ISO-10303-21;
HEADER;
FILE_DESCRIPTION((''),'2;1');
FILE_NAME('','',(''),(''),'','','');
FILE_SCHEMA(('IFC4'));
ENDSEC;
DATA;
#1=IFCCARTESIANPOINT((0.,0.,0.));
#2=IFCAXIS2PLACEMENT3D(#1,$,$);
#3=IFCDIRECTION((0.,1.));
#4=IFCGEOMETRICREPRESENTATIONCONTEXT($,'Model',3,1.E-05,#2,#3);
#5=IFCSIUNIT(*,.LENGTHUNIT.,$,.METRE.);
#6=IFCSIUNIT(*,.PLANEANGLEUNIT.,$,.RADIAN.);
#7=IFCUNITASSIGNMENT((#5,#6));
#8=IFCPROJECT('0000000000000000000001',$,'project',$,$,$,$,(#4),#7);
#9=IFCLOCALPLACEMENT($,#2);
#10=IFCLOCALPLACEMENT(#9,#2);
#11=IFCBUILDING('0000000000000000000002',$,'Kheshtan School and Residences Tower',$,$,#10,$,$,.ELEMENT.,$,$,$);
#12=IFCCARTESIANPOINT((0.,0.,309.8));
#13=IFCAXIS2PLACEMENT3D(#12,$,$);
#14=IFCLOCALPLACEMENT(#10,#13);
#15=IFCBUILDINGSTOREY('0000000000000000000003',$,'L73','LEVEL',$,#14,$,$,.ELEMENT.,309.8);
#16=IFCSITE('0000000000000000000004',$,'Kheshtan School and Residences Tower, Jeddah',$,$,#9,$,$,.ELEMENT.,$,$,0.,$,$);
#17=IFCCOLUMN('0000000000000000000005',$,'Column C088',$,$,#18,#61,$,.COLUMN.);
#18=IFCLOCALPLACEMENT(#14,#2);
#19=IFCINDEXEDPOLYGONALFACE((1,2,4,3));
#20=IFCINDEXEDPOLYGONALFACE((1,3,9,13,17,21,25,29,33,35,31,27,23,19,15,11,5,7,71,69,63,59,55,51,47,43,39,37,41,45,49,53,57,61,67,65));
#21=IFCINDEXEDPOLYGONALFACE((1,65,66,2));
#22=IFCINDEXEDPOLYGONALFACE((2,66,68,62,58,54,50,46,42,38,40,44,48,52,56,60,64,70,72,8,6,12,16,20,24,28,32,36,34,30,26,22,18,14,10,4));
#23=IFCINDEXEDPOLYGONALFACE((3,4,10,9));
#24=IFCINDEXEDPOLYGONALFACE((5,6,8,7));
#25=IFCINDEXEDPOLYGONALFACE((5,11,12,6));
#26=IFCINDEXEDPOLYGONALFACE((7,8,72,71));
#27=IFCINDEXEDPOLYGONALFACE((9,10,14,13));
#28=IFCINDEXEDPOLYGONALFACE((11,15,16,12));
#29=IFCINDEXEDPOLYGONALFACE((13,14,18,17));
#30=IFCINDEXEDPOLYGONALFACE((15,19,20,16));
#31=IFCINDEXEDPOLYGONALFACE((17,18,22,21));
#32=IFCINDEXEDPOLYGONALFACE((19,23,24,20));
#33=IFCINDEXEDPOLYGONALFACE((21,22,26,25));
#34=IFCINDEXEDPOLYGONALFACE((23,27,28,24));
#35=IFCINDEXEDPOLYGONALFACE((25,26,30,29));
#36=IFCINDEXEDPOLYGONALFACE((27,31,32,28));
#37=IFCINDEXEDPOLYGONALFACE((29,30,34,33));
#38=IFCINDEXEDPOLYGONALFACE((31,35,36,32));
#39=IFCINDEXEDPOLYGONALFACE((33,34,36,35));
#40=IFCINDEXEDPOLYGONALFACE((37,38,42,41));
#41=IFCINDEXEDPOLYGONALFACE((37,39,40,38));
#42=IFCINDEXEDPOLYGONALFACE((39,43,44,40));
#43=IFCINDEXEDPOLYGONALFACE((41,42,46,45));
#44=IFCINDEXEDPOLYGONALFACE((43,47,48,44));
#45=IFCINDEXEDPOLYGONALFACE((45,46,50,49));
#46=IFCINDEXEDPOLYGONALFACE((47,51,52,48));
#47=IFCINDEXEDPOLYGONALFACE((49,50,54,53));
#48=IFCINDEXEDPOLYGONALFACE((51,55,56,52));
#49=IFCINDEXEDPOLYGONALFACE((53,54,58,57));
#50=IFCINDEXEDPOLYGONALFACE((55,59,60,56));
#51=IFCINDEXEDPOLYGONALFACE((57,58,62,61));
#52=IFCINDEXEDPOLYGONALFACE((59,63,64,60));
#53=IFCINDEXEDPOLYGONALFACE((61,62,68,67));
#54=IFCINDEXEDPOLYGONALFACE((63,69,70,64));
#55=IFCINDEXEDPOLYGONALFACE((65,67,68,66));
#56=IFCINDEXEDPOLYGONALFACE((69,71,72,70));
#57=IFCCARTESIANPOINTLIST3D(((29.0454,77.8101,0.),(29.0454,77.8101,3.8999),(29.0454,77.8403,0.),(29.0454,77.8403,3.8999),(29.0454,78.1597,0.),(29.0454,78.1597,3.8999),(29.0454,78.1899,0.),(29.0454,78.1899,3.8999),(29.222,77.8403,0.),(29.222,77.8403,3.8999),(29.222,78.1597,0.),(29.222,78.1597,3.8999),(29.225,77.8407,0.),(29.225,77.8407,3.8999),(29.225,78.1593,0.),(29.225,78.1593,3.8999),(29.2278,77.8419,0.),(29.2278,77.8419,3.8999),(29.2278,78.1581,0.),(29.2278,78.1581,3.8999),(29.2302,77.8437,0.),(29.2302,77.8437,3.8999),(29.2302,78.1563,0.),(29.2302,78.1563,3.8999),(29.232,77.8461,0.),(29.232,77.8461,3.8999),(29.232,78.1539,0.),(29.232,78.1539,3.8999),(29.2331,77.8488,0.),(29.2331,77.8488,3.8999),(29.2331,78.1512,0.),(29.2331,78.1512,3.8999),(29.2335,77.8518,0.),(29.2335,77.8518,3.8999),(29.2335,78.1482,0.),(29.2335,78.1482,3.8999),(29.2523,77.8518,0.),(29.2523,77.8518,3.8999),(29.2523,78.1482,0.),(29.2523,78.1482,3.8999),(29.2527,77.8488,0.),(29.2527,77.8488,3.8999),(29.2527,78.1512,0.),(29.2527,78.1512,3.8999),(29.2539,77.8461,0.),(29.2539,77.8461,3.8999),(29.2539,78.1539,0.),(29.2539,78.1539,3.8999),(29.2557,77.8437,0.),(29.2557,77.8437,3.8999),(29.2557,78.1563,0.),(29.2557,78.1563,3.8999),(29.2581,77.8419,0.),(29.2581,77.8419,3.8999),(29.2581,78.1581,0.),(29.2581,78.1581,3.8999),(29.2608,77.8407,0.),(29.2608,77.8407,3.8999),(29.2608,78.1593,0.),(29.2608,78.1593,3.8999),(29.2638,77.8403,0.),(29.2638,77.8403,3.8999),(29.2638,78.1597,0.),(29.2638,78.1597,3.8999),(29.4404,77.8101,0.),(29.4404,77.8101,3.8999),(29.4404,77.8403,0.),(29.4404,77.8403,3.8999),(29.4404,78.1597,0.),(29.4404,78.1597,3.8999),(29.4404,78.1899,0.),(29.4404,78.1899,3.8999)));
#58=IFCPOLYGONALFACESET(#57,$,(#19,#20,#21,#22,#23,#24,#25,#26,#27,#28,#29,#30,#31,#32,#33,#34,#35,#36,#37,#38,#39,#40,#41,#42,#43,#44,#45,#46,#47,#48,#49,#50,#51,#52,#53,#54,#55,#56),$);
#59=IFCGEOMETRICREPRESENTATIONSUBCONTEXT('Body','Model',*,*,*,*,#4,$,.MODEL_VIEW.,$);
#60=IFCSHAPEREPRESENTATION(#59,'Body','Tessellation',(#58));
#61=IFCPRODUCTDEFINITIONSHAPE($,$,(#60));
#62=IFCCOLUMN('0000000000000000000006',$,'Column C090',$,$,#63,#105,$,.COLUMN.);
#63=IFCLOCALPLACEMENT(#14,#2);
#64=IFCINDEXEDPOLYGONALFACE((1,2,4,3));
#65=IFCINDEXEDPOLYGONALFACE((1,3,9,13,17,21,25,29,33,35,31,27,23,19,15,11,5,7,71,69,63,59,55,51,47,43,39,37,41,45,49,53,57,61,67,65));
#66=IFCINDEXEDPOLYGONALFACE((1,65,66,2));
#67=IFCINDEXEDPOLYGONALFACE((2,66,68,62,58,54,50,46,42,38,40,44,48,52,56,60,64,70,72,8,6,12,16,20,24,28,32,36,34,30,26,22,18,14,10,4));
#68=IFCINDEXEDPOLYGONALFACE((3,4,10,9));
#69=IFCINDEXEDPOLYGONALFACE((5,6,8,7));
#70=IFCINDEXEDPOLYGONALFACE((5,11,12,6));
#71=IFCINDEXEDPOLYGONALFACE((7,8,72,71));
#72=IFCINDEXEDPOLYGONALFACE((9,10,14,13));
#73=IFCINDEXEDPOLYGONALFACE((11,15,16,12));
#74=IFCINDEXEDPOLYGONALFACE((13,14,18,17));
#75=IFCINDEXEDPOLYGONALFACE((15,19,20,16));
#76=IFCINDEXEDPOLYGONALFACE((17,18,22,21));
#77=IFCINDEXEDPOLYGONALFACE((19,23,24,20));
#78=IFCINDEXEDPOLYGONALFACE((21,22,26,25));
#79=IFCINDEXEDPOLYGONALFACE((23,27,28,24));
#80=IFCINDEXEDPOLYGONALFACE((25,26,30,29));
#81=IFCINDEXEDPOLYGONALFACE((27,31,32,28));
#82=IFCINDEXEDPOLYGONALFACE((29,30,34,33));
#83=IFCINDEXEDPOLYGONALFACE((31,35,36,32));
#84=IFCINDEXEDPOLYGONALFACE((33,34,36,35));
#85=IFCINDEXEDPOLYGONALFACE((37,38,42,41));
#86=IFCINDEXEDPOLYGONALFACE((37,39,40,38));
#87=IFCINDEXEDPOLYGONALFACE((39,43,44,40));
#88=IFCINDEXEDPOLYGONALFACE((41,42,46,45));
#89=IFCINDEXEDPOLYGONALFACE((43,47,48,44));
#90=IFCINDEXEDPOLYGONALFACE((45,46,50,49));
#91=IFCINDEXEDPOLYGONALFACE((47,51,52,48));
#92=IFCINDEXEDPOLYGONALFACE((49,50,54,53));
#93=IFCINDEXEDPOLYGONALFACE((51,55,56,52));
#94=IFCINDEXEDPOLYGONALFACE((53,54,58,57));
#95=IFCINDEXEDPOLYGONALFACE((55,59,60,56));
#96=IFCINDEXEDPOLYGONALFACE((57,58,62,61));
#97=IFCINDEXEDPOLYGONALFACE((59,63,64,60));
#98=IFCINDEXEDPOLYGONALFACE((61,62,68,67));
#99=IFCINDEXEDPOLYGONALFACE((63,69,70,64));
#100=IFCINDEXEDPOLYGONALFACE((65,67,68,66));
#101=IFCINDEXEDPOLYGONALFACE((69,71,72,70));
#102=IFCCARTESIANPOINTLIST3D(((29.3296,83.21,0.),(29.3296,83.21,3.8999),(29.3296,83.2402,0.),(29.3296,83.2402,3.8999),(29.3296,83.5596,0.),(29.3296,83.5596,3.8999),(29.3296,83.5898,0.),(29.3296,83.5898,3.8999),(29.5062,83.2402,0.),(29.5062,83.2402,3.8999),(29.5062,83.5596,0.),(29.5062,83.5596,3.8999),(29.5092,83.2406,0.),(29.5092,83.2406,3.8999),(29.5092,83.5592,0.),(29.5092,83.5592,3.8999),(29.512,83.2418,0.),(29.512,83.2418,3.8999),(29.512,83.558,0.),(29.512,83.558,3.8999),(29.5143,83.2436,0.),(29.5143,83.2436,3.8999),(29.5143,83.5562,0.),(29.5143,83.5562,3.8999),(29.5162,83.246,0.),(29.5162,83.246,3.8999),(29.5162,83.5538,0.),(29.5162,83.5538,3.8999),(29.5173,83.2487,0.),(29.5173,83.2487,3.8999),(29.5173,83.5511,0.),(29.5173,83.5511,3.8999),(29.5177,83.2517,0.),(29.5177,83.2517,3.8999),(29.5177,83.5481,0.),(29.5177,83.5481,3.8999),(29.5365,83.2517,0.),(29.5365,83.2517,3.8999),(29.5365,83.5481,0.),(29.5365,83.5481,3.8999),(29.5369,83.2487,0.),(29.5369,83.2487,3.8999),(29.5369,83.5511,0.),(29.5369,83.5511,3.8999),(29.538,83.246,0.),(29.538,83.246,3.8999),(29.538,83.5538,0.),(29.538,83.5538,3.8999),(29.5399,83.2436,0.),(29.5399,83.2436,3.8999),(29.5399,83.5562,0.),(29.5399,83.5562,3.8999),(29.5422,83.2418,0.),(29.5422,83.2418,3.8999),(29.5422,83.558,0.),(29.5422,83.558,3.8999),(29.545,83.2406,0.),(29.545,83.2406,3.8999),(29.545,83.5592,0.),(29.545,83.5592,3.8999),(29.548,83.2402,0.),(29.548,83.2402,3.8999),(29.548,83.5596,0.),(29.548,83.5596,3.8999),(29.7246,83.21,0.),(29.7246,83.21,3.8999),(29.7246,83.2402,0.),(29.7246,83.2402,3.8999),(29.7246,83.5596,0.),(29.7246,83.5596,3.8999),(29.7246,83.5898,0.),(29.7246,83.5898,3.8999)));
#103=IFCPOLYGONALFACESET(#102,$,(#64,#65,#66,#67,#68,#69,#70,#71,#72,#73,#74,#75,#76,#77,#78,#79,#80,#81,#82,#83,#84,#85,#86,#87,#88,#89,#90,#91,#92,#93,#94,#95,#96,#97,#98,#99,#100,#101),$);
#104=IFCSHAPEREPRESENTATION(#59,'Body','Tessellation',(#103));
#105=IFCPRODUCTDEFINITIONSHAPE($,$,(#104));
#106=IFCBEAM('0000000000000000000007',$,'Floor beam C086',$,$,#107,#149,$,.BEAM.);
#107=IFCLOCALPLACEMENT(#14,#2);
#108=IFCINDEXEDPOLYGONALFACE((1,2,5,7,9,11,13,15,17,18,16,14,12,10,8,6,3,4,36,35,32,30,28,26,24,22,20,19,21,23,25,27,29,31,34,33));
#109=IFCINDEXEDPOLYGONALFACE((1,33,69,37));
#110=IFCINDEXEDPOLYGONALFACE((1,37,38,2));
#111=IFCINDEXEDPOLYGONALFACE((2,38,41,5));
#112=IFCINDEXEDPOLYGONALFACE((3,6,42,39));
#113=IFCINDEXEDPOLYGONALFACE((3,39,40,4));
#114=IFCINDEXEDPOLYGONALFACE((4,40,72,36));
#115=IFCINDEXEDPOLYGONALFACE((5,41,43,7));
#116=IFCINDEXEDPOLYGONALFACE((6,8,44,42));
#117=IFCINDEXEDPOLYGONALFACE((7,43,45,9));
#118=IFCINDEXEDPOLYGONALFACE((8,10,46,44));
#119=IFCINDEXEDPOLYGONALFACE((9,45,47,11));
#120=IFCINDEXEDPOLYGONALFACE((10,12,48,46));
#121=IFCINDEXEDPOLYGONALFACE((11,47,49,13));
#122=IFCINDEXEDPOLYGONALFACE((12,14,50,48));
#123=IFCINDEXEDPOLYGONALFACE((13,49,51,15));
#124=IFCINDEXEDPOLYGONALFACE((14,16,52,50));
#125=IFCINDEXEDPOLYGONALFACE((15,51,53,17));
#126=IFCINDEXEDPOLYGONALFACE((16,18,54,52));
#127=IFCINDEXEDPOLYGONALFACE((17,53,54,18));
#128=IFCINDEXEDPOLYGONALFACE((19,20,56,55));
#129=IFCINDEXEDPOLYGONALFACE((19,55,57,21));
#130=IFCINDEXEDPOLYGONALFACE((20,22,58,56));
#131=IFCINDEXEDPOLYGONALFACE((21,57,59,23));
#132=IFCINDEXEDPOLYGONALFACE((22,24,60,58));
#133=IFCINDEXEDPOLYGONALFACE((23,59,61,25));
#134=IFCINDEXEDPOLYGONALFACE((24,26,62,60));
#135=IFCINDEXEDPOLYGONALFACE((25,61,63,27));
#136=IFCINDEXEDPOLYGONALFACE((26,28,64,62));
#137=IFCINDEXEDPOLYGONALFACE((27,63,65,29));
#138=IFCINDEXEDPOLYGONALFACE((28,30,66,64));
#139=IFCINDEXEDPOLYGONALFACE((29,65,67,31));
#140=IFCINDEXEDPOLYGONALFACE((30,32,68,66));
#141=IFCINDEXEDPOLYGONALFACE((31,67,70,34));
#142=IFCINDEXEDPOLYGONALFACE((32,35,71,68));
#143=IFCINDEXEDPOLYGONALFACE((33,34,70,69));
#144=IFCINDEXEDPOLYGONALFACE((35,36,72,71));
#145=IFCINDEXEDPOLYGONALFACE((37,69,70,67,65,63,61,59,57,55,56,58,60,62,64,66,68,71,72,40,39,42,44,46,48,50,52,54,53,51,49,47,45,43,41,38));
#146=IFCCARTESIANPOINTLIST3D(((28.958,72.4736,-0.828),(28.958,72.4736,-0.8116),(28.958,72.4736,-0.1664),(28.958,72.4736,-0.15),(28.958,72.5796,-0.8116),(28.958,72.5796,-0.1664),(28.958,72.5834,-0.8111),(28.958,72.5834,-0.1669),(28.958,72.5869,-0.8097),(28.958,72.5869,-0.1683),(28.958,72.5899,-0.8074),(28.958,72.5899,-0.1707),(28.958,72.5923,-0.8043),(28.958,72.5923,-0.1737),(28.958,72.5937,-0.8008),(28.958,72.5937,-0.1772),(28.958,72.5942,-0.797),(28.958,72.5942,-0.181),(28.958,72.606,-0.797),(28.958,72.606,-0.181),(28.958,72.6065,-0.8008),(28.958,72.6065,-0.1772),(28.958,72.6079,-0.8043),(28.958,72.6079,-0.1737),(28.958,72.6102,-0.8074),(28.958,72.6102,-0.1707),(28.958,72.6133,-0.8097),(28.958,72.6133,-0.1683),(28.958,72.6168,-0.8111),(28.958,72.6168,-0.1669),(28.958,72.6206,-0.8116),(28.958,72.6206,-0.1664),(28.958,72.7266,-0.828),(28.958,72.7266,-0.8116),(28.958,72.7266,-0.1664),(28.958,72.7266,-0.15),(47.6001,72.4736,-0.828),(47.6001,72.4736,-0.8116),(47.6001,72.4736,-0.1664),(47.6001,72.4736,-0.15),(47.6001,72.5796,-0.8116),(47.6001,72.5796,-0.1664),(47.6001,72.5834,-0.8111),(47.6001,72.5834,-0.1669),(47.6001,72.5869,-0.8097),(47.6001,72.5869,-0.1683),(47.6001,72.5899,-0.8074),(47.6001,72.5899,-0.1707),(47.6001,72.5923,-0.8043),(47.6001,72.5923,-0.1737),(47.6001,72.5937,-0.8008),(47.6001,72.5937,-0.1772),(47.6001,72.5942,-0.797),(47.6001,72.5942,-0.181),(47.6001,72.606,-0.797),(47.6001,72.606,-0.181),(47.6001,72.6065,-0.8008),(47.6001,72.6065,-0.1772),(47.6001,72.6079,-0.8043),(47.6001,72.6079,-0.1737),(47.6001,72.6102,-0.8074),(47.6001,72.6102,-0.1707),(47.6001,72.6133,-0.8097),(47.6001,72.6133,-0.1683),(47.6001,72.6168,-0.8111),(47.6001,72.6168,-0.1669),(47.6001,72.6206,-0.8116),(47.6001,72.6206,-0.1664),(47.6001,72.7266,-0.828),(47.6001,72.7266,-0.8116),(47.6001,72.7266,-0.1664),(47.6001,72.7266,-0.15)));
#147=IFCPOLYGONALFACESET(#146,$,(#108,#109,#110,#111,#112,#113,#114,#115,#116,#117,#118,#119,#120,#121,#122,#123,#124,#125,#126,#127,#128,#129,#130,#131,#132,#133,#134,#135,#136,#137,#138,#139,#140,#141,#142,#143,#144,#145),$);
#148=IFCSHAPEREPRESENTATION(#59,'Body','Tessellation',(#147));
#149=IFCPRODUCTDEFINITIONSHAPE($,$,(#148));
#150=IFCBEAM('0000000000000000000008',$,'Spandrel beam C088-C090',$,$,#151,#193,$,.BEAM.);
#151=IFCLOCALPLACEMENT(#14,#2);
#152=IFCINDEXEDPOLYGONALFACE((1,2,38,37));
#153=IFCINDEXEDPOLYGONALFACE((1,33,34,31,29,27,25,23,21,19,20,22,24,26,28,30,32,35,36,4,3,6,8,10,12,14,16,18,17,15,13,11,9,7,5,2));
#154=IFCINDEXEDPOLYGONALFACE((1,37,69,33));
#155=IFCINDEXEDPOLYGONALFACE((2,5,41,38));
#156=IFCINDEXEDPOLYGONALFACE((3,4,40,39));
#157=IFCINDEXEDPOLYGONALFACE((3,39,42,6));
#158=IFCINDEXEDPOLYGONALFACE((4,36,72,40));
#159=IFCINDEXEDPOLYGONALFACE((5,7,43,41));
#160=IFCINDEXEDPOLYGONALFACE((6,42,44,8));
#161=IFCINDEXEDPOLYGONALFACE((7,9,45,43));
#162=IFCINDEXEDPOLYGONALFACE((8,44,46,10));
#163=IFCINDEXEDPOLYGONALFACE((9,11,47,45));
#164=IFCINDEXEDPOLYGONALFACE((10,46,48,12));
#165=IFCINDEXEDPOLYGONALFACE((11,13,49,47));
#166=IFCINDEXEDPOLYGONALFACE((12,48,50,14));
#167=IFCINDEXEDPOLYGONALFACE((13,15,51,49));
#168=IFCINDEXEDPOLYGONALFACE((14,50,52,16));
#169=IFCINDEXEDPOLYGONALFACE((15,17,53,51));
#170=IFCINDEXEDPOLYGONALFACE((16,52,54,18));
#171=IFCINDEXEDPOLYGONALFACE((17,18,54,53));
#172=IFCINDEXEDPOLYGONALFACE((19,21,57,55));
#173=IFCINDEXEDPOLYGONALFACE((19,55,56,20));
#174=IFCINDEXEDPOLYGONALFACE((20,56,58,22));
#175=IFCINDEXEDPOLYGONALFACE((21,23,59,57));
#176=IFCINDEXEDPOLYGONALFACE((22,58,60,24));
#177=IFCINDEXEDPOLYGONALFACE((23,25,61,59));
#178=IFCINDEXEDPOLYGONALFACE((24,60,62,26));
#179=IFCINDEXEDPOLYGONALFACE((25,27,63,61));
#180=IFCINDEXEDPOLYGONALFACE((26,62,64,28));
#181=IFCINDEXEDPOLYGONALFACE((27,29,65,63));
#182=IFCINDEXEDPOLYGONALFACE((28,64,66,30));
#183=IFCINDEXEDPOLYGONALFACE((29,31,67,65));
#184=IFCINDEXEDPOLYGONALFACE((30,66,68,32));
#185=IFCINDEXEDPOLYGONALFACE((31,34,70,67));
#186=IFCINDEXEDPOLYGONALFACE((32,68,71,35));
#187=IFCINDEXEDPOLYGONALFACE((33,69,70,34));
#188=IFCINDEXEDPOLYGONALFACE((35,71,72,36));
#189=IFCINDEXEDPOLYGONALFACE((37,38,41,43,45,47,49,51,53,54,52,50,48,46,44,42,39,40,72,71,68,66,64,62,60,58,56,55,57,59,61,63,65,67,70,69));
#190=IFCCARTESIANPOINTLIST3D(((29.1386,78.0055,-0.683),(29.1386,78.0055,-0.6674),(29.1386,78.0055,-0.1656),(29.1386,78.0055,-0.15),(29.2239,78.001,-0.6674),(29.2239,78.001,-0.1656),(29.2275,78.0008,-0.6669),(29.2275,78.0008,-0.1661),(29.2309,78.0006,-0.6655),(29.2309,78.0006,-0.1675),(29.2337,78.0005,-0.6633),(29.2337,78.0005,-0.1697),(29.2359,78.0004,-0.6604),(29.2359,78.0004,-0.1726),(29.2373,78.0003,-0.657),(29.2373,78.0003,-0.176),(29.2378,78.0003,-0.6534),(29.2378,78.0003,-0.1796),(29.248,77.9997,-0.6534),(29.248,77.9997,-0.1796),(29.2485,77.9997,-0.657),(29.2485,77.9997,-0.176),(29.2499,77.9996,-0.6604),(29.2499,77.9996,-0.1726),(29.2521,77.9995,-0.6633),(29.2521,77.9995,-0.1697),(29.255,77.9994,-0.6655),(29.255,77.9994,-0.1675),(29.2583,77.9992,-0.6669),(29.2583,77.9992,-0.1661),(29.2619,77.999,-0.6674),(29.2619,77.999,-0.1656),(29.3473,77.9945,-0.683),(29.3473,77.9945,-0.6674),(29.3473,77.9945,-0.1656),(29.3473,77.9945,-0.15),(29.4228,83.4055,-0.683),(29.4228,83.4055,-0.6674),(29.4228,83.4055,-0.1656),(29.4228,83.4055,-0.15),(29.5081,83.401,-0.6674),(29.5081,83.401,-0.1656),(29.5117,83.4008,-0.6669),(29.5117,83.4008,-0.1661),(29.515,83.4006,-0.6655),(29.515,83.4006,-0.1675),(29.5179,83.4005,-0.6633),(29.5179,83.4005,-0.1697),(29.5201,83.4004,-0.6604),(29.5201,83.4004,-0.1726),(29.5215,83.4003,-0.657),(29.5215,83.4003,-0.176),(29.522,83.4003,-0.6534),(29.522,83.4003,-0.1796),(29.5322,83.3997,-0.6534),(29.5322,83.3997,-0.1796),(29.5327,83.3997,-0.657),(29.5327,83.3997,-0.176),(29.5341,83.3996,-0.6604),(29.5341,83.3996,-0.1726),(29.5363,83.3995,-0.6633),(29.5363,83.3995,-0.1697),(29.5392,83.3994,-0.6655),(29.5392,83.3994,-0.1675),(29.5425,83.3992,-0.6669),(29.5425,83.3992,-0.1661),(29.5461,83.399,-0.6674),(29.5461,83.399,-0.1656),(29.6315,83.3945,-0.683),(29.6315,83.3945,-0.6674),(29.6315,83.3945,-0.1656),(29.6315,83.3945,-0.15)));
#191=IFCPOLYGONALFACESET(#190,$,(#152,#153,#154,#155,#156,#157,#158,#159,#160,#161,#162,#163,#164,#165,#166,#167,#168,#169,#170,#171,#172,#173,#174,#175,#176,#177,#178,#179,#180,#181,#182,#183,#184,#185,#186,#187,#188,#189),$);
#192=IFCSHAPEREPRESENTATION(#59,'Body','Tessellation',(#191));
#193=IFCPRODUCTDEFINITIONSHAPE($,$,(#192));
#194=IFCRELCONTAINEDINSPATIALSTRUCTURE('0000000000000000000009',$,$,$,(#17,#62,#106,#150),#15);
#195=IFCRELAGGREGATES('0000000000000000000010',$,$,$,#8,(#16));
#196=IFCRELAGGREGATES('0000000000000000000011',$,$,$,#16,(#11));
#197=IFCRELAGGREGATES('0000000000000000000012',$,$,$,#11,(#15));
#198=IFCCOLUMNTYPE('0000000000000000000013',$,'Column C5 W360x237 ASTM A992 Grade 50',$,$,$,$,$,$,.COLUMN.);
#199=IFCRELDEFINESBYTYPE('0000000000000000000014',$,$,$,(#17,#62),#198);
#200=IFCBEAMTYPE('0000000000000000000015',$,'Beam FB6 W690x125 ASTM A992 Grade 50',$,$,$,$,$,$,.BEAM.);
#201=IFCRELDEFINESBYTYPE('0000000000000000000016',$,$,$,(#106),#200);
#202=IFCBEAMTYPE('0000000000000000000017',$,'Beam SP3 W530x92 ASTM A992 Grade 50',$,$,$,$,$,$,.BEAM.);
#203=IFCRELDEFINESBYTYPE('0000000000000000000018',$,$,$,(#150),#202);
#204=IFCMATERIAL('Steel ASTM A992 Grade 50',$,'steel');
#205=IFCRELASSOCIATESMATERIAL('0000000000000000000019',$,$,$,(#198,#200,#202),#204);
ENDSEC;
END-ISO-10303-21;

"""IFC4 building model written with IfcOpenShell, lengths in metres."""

from ifc_helpers import new_model, si_unit, direction, frame, origin, origin_2d, place, context, subcontext, project, spatial, i_section, extrude, material, material_profile, profile_set, type_object, element, save


model = new_model("IFC4")

# Units and contexts
model_context = context("Model", 3, precision=1e-05, world=origin(), true_north=direction((0.0, 1.0)))
body_context = subcontext(model_context, "Body", "Model", "MODEL_VIEW")
ifc_project = project(units=[si_unit("LENGTHUNIT", "METRE"), si_unit("PLANEANGLEUNIT", "RADIAN")], contexts=[model_context])

# Site, building, storey
site_placement = place(None, origin())
site = spatial("IfcSite", under=ifc_project, at=site_placement, Name="Kheshtan School and Residences Tower, Jeddah", CompositionType="ELEMENT", RefElevation=0.0)
building_placement = place(site_placement, origin())
building = spatial("IfcBuilding", under=site, at=building_placement, Name="Kheshtan School and Residences Tower", CompositionType="ELEMENT")
storey_placement = place(building_placement, frame((0.0, 0.0, 309.8)))
storey = spatial("IfcBuildingStorey", under=building, at=storey_placement, Name="L73", Description="LEVEL", CompositionType="ELEMENT", Elevation=309.8)

# Columns
ifc_material_1 = material(Name="Steel ASTM A992 Grade 50", Category="steel")
ifc_material_profile_1 = material_profile(ifc_material_1, i_section(OverallWidth=0.395, OverallDepth=0.3799, WebThickness=0.0188, FlangeThickness=0.0303, FilletRadius=0.0115, at=origin_2d()), Name="W360x237")
ifc_profile_set_1 = profile_set([ifc_material_profile_1], Name="Steel ASTM A992 Grade 50")
column_type = type_object("IfcColumnType", Name="Column C5 W360x237 ASTM A992 Grade 50", PredefinedType="COLUMN", material=ifc_profile_set_1)
for number, where, z_axis, x_axis, name in (
    (1, (29.2429, 78.0, 0.0), (0.0, 0.0, 1.0), (1.0, 0.0, 0.0), "Column C088"),
    (2, (29.5271, 83.3999, 0.0), (0.0, 0.0, 1.0), (1.0, 0.0, 0.0), "Column C090"),
):
    element("IfcColumn", number, at=place(storey_placement, frame(where, z_axis=z_axis, x_axis=x_axis)), inside=storey, type_object=column_type, Name=name, PredefinedType="COLUMN", context=body_context, shape_type="SweptSolid", body=[
        extrude(i_section(OverallWidth=0.395, OverallDepth=0.3799, WebThickness=0.0188, FlangeThickness=0.0303, FilletRadius=0.0115, at=origin_2d()), origin(), (0.0, 0.0, 1.0), 3.8999),
    ])

# Beams
ifc_material_profile_2 = material_profile(ifc_material_1, i_section(OverallWidth=0.2529, OverallDepth=0.678, WebThickness=0.0117, FlangeThickness=0.0164, FilletRadius=0.0146, at=origin_2d()), Name="W690x125")
ifc_profile_set_2 = profile_set([ifc_material_profile_2], Name="Steel ASTM A992 Grade 50")
beam_type_1 = type_object("IfcBeamType", Name="Beam FB6 W690x125 ASTM A992 Grade 50", PredefinedType="BEAM", material=ifc_profile_set_2)
beam_1_placement = place(storey_placement, frame((28.958, 72.6001, -0.489), z_axis=(1.0, 0.0, 0.0), x_axis=(0.0, 1.0, 0.0)))
element("IfcBeam", 3, at=beam_1_placement, inside=storey, type_object=beam_type_1, Name="Floor beam C086", PredefinedType="BEAM", context=body_context, shape_type="SweptSolid", body=[
    extrude(i_section(OverallWidth=0.2529, OverallDepth=0.678, WebThickness=0.0117, FlangeThickness=0.0164, FilletRadius=0.0146, at=origin_2d()), origin(), (0.0, 0.0, 1.0), 18.6421),
])
ifc_material_profile_3 = material_profile(ifc_material_1, i_section(OverallWidth=0.209, OverallDepth=0.533, WebThickness=0.0103, FlangeThickness=0.0156, FilletRadius=0.0139, at=origin_2d()), Name="W530x92")
ifc_profile_set_3 = profile_set([ifc_material_profile_3], Name="Steel ASTM A992 Grade 50")
beam_type_2 = type_object("IfcBeamType", Name="Beam SP3 W530x92 ASTM A992 Grade 50", PredefinedType="BEAM", material=ifc_profile_set_3)
beam_2_placement = place(storey_placement, frame((29.2429, 78.0, -0.4165), z_axis=(0.052554, 0.998618, 0.0), x_axis=(-0.998618, 0.052554, 0.0)))
element("IfcBeam", 4, at=beam_2_placement, inside=storey, type_object=beam_type_2, Name="Spandrel beam C088-C090", PredefinedType="BEAM", context=body_context, shape_type="SweptSolid", body=[
    extrude(i_section(OverallWidth=0.209, OverallDepth=0.533, WebThickness=0.0103, FlangeThickness=0.0156, FilletRadius=0.0139, at=origin_2d()), origin(), (0.0, 0.0, 1.0), 5.4075),
])

save(model, "model.ifc")
